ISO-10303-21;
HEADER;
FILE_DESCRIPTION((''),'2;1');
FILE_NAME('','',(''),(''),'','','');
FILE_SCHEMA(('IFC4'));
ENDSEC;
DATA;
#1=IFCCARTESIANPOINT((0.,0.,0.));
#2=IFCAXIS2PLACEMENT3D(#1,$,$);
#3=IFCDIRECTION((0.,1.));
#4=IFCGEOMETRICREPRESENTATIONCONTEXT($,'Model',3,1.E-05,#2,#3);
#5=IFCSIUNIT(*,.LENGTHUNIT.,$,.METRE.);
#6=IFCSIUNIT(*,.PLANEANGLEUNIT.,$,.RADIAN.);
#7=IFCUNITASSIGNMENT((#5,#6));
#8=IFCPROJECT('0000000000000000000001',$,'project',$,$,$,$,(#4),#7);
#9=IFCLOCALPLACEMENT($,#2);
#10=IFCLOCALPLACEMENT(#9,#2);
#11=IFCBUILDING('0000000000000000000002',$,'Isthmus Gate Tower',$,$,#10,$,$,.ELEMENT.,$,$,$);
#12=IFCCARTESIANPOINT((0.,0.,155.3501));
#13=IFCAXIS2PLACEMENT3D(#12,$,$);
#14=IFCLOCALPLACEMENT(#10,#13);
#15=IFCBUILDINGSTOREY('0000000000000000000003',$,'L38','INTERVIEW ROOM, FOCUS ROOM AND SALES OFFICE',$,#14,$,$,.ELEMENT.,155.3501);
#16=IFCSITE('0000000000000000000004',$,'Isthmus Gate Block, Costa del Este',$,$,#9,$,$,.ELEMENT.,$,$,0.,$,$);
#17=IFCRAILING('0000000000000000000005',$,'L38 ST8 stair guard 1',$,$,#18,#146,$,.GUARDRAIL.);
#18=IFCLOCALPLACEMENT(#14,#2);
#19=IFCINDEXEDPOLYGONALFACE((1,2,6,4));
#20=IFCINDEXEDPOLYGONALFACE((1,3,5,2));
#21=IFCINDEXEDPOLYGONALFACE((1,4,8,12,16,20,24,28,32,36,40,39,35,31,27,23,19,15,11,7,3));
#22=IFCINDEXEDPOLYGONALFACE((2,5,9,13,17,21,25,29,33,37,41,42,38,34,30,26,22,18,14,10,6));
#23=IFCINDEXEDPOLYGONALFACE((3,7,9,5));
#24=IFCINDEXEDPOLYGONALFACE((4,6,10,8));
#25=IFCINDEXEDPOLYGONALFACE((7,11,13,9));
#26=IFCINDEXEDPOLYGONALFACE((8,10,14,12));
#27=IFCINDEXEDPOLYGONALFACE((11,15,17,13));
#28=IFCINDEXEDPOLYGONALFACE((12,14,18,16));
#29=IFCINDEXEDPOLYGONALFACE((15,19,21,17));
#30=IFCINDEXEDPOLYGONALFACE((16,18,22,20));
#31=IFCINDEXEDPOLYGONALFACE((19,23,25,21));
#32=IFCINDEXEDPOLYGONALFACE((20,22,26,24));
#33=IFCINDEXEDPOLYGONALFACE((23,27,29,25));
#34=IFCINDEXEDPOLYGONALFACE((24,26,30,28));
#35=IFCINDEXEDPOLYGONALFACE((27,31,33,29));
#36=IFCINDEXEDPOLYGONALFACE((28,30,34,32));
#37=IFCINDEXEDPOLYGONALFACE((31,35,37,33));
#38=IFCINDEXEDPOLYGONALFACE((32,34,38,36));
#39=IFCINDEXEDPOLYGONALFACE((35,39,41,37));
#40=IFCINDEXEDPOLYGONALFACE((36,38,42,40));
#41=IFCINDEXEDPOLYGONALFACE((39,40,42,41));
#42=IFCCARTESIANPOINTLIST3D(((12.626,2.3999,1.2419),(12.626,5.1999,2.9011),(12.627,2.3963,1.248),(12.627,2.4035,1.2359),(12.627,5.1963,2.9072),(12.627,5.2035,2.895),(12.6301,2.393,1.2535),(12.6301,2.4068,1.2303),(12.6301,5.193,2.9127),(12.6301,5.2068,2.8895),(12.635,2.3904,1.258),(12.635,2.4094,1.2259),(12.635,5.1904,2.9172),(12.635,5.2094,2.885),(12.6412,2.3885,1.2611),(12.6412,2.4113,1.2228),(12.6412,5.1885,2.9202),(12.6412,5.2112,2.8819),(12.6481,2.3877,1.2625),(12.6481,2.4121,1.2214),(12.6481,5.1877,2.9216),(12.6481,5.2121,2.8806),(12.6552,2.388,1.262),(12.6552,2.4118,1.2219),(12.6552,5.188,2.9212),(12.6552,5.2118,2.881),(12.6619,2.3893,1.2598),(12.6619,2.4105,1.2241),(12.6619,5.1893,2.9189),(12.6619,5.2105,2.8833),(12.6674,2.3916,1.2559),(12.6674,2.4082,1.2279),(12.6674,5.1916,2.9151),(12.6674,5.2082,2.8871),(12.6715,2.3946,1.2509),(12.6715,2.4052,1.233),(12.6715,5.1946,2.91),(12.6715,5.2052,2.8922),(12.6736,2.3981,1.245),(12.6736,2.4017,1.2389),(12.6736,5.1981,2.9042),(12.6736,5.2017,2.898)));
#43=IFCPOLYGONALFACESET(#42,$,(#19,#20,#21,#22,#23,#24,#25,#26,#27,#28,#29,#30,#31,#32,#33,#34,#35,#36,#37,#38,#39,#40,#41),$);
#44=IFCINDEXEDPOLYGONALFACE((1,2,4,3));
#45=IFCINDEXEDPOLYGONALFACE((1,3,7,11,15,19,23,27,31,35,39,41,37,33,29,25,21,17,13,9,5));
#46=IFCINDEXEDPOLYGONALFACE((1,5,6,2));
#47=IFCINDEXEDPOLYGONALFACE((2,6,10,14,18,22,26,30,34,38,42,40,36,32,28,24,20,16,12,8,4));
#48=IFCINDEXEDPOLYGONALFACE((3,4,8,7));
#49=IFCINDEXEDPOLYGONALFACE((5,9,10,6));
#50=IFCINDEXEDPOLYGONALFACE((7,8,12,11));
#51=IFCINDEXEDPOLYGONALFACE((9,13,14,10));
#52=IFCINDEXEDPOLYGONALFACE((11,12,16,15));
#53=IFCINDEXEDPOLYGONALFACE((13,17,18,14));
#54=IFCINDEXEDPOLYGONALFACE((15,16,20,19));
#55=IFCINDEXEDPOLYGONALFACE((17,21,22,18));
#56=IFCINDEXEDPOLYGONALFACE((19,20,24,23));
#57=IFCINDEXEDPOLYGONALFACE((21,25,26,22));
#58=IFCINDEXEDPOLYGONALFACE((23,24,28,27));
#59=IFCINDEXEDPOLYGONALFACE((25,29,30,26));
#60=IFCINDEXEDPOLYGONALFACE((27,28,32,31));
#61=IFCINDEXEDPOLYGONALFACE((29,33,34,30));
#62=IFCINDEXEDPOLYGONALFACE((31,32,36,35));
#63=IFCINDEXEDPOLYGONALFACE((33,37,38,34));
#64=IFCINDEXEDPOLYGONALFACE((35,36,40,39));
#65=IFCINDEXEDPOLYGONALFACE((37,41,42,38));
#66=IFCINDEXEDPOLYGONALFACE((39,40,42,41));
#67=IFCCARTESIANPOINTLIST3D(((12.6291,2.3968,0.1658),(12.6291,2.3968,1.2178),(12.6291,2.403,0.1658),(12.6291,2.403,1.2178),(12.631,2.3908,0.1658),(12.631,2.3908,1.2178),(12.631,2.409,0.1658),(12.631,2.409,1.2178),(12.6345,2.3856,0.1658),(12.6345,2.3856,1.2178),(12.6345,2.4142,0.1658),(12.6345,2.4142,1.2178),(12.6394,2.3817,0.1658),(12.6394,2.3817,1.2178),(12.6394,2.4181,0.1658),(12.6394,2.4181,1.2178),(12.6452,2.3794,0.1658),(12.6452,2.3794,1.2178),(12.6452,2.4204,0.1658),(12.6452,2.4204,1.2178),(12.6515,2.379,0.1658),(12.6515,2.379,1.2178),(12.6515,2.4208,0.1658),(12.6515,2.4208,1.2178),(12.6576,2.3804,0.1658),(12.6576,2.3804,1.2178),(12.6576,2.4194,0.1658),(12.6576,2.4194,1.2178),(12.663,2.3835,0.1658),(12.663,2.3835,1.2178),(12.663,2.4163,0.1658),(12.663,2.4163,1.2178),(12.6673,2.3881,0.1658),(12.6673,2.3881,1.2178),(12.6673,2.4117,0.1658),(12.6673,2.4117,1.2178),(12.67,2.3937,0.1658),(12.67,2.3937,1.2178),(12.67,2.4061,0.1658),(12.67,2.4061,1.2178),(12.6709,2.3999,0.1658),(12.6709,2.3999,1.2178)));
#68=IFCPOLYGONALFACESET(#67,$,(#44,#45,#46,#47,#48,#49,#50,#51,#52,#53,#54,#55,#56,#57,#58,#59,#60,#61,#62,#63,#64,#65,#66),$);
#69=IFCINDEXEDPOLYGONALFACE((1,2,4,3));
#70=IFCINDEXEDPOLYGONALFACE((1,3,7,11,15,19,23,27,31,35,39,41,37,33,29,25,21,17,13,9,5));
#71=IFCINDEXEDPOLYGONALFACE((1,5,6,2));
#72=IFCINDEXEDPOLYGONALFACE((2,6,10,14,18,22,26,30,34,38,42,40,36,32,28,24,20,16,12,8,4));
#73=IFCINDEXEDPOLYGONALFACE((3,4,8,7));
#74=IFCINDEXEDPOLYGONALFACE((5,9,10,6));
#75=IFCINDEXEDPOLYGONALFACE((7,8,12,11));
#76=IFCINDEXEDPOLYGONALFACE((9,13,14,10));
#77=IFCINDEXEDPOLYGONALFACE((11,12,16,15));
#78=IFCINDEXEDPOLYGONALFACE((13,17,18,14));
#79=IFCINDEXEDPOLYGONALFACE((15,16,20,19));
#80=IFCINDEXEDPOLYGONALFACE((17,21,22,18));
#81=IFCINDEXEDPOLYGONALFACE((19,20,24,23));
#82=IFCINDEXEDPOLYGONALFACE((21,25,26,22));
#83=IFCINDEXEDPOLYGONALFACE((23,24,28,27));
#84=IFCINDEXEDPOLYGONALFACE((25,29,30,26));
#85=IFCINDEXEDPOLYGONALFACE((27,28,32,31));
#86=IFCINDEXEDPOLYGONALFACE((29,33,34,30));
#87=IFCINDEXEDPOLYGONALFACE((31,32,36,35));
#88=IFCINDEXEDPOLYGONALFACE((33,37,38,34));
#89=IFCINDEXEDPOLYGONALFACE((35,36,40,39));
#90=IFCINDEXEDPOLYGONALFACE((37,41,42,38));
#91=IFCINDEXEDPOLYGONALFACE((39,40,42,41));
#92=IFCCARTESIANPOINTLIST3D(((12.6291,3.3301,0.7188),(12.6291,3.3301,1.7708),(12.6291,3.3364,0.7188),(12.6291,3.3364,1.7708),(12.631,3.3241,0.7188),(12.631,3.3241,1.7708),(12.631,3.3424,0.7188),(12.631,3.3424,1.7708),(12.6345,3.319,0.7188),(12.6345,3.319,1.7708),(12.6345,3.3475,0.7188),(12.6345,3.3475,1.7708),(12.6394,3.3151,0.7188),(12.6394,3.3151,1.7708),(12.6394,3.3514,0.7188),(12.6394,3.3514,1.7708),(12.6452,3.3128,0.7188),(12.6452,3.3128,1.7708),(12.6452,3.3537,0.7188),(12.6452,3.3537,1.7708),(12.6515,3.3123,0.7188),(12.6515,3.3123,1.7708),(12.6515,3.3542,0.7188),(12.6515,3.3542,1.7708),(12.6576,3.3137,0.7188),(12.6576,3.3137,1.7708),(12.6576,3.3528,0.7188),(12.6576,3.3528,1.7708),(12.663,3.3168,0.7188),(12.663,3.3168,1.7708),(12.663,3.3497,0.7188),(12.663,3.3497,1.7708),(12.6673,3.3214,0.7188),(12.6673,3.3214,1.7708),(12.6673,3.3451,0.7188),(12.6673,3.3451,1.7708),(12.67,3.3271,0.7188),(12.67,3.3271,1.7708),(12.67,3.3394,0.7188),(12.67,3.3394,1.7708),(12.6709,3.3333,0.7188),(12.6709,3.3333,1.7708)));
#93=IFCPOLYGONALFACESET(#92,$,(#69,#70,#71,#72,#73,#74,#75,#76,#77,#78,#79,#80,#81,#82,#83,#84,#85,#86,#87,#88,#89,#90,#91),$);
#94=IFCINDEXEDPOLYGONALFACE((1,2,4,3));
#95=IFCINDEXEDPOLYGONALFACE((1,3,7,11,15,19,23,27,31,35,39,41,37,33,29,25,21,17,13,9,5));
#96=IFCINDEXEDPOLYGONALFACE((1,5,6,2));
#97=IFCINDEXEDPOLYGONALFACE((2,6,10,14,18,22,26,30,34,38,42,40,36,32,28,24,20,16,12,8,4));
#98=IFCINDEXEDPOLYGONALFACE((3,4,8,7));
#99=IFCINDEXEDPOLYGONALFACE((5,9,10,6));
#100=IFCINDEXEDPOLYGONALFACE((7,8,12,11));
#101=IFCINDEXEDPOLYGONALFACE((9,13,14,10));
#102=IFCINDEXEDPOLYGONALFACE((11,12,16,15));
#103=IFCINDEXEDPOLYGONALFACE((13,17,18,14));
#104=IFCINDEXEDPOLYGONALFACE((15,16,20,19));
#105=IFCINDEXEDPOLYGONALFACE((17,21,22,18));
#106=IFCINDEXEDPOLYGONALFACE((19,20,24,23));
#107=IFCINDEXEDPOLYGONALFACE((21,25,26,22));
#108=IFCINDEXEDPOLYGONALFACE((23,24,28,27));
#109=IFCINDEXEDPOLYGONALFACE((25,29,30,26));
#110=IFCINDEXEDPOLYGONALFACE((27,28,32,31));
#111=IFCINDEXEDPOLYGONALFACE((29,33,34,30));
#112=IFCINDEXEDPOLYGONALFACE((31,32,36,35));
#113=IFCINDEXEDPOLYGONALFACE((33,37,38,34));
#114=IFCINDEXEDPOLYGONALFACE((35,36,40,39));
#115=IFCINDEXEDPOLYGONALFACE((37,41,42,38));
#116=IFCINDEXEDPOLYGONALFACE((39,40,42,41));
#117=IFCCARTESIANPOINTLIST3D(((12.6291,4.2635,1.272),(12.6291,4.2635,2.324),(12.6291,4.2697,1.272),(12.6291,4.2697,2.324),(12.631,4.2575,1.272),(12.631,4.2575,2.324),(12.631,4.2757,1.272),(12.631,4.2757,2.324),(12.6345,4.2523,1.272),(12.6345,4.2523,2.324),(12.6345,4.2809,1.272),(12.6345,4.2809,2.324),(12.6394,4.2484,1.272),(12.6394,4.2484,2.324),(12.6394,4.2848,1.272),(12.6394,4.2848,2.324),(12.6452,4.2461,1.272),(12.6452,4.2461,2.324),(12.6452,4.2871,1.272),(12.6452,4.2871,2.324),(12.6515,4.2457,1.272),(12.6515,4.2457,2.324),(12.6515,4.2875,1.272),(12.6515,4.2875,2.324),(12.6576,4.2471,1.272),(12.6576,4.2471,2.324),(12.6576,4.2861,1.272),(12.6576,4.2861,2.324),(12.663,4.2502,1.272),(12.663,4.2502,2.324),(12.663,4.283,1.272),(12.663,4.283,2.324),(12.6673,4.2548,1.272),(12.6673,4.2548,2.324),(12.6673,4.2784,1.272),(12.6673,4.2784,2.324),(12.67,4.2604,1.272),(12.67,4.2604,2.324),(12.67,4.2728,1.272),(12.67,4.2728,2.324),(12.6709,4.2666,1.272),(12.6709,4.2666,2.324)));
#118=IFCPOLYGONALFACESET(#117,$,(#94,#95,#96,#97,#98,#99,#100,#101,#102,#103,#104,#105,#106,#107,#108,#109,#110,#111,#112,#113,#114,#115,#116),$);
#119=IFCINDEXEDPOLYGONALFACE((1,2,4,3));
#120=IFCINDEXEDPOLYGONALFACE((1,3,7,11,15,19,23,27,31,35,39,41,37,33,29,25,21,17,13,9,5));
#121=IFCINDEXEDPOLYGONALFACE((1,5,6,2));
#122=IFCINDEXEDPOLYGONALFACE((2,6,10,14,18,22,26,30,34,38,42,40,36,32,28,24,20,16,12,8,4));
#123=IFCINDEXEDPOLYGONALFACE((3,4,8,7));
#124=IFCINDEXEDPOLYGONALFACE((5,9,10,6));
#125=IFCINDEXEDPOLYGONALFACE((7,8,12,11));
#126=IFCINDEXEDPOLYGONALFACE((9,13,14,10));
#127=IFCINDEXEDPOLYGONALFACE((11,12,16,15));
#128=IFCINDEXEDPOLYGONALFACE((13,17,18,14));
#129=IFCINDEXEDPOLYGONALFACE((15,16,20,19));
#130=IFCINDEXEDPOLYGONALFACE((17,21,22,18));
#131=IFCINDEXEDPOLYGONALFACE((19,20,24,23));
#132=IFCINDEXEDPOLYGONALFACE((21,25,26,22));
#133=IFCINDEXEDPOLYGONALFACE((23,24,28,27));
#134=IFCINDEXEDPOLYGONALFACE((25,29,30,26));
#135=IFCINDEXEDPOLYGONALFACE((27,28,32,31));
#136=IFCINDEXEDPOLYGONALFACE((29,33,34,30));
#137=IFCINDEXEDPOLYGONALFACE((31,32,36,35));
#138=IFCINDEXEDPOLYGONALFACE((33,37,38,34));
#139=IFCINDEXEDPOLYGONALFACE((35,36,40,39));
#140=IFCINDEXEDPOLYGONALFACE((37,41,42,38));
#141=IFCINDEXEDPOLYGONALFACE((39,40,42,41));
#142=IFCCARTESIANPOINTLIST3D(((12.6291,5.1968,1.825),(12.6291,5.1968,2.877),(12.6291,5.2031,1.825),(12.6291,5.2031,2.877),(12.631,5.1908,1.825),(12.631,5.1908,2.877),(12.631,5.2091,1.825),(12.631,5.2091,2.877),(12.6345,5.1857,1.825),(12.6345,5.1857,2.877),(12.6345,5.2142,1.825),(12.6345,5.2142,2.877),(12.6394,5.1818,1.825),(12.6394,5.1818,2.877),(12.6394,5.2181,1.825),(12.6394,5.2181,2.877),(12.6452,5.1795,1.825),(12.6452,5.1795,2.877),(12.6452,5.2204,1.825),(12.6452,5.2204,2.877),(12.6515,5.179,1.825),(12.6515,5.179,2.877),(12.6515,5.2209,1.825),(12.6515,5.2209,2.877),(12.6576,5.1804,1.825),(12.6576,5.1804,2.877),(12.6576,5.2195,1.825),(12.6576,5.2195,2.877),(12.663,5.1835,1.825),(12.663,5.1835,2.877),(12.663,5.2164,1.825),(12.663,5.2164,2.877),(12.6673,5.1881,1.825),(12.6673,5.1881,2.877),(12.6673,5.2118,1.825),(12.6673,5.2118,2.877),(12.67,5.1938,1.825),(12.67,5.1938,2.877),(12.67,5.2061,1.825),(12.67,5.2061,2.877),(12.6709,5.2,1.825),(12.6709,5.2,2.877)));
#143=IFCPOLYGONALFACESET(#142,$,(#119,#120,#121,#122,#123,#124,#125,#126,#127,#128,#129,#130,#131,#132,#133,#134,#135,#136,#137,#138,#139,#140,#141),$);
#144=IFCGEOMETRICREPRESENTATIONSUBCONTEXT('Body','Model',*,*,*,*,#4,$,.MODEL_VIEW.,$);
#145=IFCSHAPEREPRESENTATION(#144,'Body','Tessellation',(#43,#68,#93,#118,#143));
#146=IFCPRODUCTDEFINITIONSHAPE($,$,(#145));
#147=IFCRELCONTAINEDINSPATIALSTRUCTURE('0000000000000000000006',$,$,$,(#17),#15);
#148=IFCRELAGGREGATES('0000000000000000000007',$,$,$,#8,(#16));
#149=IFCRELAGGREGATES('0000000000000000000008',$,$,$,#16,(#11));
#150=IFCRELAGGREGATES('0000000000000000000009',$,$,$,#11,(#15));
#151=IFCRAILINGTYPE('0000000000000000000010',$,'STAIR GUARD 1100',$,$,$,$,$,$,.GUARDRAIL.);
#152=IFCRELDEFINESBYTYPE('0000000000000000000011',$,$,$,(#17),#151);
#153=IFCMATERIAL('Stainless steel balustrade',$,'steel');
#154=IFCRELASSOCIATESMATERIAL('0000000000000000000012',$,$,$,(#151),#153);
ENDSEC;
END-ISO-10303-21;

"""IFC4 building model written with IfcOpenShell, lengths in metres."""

from ifc_helpers import new_model, si_unit, direction, frame, origin, origin_2d, place, context, subcontext, project, spatial, circle, extrude, material, type_object, element, save


model = new_model("IFC4")

# Units and contexts
model_context = context("Model", 3, precision=1e-05, world=origin(), true_north=direction((0.0, 1.0)))
body_context = subcontext(model_context, "Body", "Model", "MODEL_VIEW")
ifc_project = project(units=[si_unit("LENGTHUNIT", "METRE"), si_unit("PLANEANGLEUNIT", "RADIAN")], contexts=[model_context])

# Site, building, storey
site_placement = place(None, origin())
site = spatial("IfcSite", under=ifc_project, at=site_placement, Name="Isthmus Gate Block, Costa del Este", CompositionType="ELEMENT", RefElevation=0.0)
building_placement = place(site_placement, origin())
building = spatial("IfcBuilding", under=site, at=building_placement, Name="Isthmus Gate Tower", CompositionType="ELEMENT")
storey_placement = place(building_placement, frame((0.0, 0.0, 155.3501)))
storey = spatial("IfcBuildingStorey", under=building, at=storey_placement, Name="L38", Description="INTERVIEW ROOM, FOCUS ROOM AND SALES OFFICE", CompositionType="ELEMENT", Elevation=155.3501)

# Railing
ifc_material_1 = material(Name="Stainless steel balustrade", Category="steel")
railing_type_1 = type_object("IfcRailingType", Name="STAIR GUARD 1100", PredefinedType="GUARDRAIL", material=ifc_material_1)
for number, where, name in (
    (1, (12.6499, 2.3999, 0.1658), "L38 ST8 stair guard 1"),
):
    element("IfcRailing", number, at=place(storey_placement, frame(where)), inside=storey, type_object=railing_type_1, Name=name, PredefinedType="GUARDRAIL", context=body_context, shape_type="SweptSolid", body=[
        extrude(circle(Radius=0.0239, at=origin_2d()), frame((0.0, 0.0, 1.0762), z_axis=(0.0, 0.860306, 0.509778), x_axis=(-1.0, 0.0, 0.0)), (0.0, 0.0, 1.0), 3.2546),
        extrude(circle(Radius=0.021, at=origin_2d()), origin(), (0.0, 0.0, 1.0), 1.052),
        extrude(circle(Radius=0.021, at=origin_2d()), frame((0.0, 0.9333, 0.553)), (0.0, 0.0, 1.0), 1.052),
        extrude(circle(Radius=0.021, at=origin_2d()), frame((0.0, 1.8667, 1.1062)), (0.0, 0.0, 1.0), 1.052),
        extrude(circle(Radius=0.021, at=origin_2d()), frame((0.0, 2.8, 1.6592)), (0.0, 0.0, 1.0), 1.052),
    ])

save(model, "model.ifc")
